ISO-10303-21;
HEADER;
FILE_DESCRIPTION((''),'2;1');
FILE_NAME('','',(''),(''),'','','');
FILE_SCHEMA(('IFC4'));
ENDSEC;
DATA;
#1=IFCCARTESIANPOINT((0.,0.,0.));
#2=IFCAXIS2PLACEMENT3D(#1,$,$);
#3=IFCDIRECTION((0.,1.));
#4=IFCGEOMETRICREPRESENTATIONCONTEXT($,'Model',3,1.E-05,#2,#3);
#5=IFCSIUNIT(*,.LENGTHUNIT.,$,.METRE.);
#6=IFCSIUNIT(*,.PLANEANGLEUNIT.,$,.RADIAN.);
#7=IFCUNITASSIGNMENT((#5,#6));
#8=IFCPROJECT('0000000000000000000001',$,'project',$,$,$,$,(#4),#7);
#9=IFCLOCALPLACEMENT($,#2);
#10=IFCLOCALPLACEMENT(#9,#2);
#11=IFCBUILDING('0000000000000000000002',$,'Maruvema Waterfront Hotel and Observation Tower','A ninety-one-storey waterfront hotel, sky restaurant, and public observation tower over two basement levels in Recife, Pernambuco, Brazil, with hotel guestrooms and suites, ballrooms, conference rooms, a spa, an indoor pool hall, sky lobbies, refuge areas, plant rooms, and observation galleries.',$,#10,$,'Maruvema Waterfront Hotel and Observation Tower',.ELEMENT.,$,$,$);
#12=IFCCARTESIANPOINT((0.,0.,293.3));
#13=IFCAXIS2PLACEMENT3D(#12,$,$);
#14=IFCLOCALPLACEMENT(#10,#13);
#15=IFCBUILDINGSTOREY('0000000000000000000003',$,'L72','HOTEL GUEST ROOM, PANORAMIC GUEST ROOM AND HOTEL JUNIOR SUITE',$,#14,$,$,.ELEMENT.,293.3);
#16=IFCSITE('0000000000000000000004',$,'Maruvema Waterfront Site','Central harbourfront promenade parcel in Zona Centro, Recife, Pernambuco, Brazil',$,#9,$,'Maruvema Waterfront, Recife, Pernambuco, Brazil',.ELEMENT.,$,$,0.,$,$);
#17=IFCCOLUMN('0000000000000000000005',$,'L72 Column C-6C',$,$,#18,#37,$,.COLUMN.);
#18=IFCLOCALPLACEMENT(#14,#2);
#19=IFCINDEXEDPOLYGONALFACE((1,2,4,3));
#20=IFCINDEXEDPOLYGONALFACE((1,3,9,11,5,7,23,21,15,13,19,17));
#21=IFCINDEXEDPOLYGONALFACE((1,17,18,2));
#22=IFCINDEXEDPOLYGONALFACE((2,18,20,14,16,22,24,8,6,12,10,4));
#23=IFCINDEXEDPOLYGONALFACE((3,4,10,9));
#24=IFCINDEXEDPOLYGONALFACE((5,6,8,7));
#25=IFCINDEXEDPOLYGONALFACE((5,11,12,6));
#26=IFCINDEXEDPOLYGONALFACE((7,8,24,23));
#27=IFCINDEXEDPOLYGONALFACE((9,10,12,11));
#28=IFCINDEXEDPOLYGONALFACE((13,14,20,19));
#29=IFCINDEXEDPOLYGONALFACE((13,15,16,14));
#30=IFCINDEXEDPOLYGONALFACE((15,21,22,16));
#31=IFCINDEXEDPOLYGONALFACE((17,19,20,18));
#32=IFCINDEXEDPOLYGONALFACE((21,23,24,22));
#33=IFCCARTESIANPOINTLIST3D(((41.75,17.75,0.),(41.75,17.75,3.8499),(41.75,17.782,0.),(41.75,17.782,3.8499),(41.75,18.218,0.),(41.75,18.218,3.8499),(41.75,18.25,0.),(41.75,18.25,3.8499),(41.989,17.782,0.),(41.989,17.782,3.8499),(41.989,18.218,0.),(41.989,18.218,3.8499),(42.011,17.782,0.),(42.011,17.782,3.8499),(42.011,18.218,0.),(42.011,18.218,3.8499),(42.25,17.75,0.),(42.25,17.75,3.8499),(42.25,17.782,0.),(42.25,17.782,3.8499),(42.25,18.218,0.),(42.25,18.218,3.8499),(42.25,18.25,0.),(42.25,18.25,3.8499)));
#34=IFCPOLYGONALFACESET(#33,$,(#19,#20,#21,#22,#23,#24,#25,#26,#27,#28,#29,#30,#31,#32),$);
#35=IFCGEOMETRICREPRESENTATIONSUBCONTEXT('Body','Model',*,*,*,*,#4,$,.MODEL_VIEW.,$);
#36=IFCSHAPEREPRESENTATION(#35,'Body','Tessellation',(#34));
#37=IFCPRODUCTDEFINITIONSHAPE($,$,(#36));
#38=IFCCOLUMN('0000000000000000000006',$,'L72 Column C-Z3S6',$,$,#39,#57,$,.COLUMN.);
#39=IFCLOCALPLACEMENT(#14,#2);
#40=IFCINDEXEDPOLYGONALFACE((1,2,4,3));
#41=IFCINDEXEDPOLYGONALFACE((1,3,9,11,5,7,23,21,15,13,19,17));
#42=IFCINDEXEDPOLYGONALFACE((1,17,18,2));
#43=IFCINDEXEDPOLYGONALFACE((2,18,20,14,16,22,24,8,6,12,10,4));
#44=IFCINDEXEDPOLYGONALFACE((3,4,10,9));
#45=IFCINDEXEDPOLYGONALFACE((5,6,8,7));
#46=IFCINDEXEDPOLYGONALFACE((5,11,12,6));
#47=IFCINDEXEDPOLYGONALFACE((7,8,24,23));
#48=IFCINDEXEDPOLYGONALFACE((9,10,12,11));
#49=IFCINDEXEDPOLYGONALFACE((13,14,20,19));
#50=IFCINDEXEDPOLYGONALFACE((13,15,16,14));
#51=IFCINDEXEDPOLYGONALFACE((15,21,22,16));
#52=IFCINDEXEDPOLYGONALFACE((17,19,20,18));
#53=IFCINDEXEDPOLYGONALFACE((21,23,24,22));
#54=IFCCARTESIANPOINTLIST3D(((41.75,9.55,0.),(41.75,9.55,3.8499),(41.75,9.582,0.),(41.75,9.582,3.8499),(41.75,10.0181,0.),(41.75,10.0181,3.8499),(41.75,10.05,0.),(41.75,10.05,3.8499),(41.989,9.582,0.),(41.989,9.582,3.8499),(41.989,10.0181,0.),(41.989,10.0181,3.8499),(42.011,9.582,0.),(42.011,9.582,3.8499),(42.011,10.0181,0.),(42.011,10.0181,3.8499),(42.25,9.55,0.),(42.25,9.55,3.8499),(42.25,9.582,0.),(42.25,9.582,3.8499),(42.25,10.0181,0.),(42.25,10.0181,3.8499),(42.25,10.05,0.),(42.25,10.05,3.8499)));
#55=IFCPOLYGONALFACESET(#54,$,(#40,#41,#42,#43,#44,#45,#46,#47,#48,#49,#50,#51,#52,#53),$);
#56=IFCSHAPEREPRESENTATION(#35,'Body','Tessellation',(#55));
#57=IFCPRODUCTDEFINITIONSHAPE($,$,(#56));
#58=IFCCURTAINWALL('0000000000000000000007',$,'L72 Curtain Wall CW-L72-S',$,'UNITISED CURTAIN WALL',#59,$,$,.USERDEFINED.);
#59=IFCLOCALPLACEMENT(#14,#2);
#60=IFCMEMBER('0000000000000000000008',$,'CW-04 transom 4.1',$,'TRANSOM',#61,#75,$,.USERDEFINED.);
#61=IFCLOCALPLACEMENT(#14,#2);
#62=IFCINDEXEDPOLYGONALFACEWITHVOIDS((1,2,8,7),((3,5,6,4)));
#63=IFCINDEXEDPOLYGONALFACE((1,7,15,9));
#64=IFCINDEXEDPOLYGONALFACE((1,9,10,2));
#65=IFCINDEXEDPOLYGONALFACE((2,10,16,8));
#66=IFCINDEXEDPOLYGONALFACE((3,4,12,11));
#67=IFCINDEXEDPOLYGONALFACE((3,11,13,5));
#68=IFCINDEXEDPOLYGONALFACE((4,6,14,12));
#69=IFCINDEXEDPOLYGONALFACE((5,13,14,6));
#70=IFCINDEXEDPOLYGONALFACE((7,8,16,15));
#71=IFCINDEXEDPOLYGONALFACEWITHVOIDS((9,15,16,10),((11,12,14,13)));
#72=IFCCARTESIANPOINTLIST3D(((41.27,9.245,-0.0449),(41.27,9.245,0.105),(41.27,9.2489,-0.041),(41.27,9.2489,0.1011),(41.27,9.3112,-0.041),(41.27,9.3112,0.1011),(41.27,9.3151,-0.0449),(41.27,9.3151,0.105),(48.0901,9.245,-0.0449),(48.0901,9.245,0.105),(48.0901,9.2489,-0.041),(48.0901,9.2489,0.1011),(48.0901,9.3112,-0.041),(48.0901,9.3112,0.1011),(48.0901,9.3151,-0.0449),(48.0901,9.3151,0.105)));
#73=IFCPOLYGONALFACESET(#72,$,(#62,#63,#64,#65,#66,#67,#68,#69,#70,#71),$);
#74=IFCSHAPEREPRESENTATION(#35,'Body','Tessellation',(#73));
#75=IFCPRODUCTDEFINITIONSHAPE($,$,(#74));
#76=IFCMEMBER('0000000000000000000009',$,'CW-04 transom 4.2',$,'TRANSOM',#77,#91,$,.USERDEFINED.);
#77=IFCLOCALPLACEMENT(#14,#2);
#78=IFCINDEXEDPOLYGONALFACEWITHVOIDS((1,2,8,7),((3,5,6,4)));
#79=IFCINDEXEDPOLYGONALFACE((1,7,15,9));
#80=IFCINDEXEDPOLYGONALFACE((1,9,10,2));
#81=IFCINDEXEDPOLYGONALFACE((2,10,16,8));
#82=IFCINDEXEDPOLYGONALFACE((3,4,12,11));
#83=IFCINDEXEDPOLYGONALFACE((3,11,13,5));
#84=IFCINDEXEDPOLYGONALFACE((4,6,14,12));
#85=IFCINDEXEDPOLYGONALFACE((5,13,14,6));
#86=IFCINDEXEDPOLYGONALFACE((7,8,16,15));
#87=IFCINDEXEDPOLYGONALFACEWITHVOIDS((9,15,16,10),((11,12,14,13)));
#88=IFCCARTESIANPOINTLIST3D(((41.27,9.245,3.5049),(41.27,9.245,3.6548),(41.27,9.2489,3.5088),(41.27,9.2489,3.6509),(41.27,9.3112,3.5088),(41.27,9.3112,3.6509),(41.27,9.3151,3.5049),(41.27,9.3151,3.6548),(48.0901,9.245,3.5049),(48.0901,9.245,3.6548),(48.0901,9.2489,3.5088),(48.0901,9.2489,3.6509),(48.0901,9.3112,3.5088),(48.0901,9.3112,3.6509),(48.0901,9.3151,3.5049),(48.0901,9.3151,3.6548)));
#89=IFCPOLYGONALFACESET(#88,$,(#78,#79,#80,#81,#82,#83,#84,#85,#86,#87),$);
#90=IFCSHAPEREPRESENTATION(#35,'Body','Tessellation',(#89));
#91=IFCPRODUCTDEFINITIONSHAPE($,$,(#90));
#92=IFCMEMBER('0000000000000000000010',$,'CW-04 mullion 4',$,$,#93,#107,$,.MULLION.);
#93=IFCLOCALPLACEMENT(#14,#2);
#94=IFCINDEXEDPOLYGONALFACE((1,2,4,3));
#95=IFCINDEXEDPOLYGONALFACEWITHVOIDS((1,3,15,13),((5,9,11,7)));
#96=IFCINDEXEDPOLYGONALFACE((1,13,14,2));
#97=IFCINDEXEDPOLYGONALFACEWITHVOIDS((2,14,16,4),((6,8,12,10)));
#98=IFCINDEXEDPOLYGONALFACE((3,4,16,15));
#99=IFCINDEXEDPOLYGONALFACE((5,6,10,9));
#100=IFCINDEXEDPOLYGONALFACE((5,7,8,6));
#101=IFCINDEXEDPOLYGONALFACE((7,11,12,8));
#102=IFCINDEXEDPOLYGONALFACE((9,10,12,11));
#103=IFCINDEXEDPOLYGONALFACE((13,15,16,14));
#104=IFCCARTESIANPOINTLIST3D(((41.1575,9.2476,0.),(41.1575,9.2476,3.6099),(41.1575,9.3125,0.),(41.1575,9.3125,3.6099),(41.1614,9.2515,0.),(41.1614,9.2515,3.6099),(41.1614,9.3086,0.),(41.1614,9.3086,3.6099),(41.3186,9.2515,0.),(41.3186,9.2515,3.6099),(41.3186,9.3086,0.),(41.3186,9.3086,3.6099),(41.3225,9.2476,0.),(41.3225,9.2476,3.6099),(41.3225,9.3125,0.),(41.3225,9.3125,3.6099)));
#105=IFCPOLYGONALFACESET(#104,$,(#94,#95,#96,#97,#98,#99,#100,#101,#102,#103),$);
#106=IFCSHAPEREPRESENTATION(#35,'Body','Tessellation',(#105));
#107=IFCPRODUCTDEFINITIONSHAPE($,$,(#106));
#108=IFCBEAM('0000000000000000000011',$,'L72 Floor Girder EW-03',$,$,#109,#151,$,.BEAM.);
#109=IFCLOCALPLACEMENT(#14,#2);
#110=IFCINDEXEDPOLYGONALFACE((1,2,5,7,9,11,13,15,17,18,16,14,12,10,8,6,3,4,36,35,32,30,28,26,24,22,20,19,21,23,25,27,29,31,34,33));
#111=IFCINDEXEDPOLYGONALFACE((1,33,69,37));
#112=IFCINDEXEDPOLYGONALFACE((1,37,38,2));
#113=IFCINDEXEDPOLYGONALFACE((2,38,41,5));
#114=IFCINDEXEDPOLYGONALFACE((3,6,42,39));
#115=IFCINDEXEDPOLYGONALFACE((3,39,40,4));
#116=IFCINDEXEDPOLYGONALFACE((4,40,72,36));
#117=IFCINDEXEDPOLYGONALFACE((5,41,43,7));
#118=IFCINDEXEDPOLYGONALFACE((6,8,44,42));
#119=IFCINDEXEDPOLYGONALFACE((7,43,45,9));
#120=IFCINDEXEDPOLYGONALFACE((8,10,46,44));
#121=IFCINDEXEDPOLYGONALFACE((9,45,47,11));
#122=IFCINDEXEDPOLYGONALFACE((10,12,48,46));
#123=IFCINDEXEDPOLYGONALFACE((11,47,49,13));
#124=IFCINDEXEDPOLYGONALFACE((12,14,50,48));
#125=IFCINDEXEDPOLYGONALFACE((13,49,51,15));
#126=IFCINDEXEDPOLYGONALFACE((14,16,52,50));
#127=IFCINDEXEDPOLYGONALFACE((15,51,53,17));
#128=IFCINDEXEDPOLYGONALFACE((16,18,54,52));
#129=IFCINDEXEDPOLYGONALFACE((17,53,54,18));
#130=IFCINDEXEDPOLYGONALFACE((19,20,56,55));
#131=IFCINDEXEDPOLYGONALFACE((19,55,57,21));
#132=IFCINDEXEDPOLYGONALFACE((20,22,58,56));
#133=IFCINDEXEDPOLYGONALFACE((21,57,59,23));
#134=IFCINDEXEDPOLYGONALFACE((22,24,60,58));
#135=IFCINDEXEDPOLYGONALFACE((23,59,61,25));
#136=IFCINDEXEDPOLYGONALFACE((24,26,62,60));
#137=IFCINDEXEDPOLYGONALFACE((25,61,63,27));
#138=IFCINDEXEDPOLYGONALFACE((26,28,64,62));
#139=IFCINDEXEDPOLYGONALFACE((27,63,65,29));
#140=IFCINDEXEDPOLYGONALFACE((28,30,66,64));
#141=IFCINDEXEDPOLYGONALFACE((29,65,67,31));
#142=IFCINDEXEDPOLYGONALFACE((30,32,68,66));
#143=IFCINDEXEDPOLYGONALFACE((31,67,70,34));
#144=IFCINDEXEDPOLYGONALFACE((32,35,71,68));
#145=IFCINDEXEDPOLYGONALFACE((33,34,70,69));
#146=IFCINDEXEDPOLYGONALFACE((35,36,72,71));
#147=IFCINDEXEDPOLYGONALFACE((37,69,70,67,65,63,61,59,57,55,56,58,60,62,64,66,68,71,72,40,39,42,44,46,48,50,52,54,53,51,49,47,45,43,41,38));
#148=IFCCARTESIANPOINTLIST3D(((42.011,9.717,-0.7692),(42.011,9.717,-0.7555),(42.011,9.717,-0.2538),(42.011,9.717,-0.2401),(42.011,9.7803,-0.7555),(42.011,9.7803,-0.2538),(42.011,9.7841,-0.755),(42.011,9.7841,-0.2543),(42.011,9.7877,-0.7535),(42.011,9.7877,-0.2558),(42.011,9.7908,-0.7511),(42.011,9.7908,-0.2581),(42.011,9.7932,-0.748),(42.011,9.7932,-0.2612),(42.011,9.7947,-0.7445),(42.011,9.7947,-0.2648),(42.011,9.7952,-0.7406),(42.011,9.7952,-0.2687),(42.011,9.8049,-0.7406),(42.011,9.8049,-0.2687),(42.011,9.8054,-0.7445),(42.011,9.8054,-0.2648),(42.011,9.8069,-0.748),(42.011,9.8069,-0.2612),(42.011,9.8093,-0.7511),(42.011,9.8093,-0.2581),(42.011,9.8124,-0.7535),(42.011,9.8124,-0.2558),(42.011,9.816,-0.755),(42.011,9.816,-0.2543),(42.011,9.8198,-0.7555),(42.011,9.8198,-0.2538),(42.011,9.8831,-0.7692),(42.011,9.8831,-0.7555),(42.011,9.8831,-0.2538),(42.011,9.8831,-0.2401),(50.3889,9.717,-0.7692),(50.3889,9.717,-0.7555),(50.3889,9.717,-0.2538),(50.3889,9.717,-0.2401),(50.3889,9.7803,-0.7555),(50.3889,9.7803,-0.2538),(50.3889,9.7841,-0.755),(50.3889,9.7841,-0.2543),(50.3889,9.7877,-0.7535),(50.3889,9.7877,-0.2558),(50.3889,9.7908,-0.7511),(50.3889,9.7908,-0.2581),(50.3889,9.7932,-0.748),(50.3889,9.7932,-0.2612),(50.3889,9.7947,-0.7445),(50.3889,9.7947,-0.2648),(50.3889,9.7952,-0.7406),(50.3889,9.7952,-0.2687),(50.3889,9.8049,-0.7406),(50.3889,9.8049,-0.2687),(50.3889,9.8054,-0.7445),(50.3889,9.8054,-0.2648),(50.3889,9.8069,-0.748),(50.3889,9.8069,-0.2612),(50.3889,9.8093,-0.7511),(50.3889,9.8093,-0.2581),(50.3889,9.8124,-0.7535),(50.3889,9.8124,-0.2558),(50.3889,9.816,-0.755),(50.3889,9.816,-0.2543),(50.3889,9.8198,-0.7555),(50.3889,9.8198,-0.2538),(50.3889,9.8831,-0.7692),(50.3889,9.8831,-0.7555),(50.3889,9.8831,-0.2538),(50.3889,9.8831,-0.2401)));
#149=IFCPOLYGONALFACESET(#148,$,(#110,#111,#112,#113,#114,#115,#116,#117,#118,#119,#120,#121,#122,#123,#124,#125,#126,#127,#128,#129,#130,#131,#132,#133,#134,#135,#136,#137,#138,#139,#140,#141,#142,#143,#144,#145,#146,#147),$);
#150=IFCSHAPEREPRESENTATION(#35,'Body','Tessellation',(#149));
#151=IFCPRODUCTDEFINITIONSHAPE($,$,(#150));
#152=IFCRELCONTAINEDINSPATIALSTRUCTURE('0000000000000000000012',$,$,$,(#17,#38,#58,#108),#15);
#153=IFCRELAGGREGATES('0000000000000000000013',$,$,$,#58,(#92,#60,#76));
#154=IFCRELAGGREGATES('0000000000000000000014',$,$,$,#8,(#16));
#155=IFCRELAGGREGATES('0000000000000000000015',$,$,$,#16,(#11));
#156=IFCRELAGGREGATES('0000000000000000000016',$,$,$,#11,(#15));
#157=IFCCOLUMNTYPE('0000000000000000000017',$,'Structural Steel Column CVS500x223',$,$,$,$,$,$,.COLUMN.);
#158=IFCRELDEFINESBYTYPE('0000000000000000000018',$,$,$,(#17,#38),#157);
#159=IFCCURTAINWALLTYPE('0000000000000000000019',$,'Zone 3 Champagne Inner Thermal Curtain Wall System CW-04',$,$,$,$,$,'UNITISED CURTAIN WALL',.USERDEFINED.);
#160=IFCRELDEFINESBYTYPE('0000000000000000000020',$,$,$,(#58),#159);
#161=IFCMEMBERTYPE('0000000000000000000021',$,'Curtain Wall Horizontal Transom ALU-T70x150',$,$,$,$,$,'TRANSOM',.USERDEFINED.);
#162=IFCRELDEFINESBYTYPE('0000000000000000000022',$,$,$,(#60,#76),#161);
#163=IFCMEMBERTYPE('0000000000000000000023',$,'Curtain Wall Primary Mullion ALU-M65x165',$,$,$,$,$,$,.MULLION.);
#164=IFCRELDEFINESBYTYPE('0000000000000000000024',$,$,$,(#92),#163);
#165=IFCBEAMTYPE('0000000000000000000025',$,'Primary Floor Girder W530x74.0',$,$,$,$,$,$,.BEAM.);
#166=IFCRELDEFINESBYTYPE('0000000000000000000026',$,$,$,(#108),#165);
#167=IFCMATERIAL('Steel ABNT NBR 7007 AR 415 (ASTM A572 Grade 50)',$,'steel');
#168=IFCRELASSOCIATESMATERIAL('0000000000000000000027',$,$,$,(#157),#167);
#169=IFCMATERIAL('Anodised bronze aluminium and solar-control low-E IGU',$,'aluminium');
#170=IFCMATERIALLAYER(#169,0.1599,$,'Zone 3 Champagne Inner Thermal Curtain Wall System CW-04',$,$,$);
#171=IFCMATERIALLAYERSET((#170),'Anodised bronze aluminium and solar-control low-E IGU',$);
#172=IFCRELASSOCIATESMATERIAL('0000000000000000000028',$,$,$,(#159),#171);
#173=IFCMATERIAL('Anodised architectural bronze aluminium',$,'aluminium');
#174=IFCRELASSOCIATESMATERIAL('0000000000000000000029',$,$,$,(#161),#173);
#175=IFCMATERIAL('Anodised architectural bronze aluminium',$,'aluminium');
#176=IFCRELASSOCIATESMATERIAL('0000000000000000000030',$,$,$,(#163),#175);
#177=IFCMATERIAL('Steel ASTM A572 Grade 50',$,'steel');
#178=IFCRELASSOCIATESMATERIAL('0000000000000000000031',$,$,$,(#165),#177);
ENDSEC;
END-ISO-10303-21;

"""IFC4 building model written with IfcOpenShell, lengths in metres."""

from ifc_helpers import new_model, si_unit, direction, frame, origin, origin_2d, place, context, subcontext, project, spatial, hollow_rectangle, i_section, extrude, material, layer, layer_set, material_profile, profile_set, type_object, element, aggregate, save


model = new_model("IFC4")

# Units and contexts
model_context = context("Model", 3, precision=1e-05, world=origin(), true_north=direction((0.0, 1.0)))
body_context = subcontext(model_context, "Body", "Model", "MODEL_VIEW")
ifc_project = project(units=[si_unit("LENGTHUNIT", "METRE"), si_unit("PLANEANGLEUNIT", "RADIAN")], contexts=[model_context])

# Site, building, storey
site_placement = place(None, origin())
site = spatial("IfcSite", under=ifc_project, at=site_placement, Name="Maruvema Waterfront Site", Description="Central harbourfront promenade parcel in Zona Centro, Recife, Pernambuco, Brazil", LongName="Maruvema Waterfront, Recife, Pernambuco, Brazil", CompositionType="ELEMENT", RefElevation=0.0)
building_placement = place(site_placement, origin())
building = spatial("IfcBuilding", under=site, at=building_placement, Name="Maruvema Waterfront Hotel and Observation Tower", Description="A ninety-one-storey waterfront hotel, sky restaurant, and public observation tower over two basement levels in Recife, Pernambuco, Brazil, with hotel guestrooms and suites, ballrooms, conference rooms, a spa, an indoor pool hall, sky lobbies, refuge areas, plant rooms, and observation galleries.", LongName="Maruvema Waterfront Hotel and Observation Tower", CompositionType="ELEMENT")
storey_placement = place(building_placement, frame((0.0, 0.0, 293.3)))
storey = spatial("IfcBuildingStorey", under=building, at=storey_placement, Name="L72", Description="HOTEL GUEST ROOM, PANORAMIC GUEST ROOM AND HOTEL JUNIOR SUITE", CompositionType="ELEMENT", Elevation=293.3)

# Columns
ifc_material_1 = material(Name="Steel ABNT NBR 7007 AR 415 (ASTM A572 Grade 50)", Category="steel")
ifc_material_profile_1 = material_profile(ifc_material_1, i_section(OverallWidth=0.5, OverallDepth=0.5, WebThickness=0.022, FlangeThickness=0.032, at=origin_2d()), Name="CVS500x223")
ifc_profile_set_1 = profile_set([ifc_material_profile_1], Name="Steel ABNT NBR 7007 AR 415 (ASTM A572 Grade 50)")
column_type = type_object("IfcColumnType", Name="Structural Steel Column CVS500x223", PredefinedType="COLUMN", material=ifc_profile_set_1)
for number, where, z_axis, x_axis, name in (
    (1, (42.0, 18.0, 0.0), (0.0, 0.0, 1.0), (1.0, 0.0, 0.0), "L72 Column C-6C"),
    (2, (42.0, 9.8, 0.0), (0.0, 0.0, 1.0), (1.0, 0.0, 0.0), "L72 Column C-Z3S6"),
):
    element("IfcColumn", number, at=place(storey_placement, frame(where, z_axis=z_axis, x_axis=x_axis)), inside=storey, type_object=column_type, Name=name, PredefinedType="COLUMN", context=body_context, shape_type="SweptSolid", body=[
        extrude(i_section(OverallWidth=0.5, OverallDepth=0.5, WebThickness=0.022, FlangeThickness=0.032, at=origin_2d()), origin(), (0.0, 0.0, 1.0), 3.8499),
    ])

# Curtain wall, members
ifc_material_2 = material(Name="Anodised bronze aluminium and solar-control low-E IGU", Category="aluminium")
ifc_layer_1 = layer(ifc_material_2, 0.1599, Name="Zone 3 Champagne Inner Thermal Curtain Wall System CW-04")
ifc_layer_set_1 = layer_set([ifc_layer_1], Name="Anodised bronze aluminium and solar-control low-E IGU")
curtain_wall_type = type_object("IfcCurtainWallType", Name="Zone 3 Champagne Inner Thermal Curtain Wall System CW-04", ElementType="UNITISED CURTAIN WALL", PredefinedType="USERDEFINED", material=ifc_layer_set_1)
curtain_wall_placement = place(storey_placement, origin())
curtain_wall = element("IfcCurtainWall", 3, at=curtain_wall_placement, inside=storey, type_object=curtain_wall_type, Name="L72 Curtain Wall CW-L72-S", ObjectType="UNITISED CURTAIN WALL", PredefinedType="USERDEFINED")
ifc_material_3 = material(Name="Anodised architectural bronze aluminium", Category="aluminium")
ifc_material_profile_2 = material_profile(ifc_material_3, hollow_rectangle(XDim=0.0701, YDim=0.1499, WallThickness=0.0039, at=origin_2d()), Name="ALU-T70x150")
ifc_profile_set_2 = profile_set([ifc_material_profile_2], Name="Anodised architectural bronze aluminium")
member_type_1 = type_object("IfcMemberType", Name="Curtain Wall Horizontal Transom ALU-T70x150", ElementType="TRANSOM", PredefinedType="USERDEFINED", material=ifc_profile_set_2)
member_1_placement = place(storey_placement, frame((41.27, 9.28, 0.03), z_axis=(1.0, 0.0, 0.0), x_axis=(0.0, 1.0, 0.0)))
member_1 = element("IfcMember", 4, at=member_1_placement, type_object=member_type_1, Name="CW-04 transom 4.1", ObjectType="TRANSOM", PredefinedType="USERDEFINED", context=body_context, shape_type="SweptSolid", body=[
    extrude(hollow_rectangle(XDim=0.0701, YDim=0.1499, WallThickness=0.0039, at=origin_2d()), origin(), (0.0, 0.0, 1.0), 6.8201),
])
member_2_placement = place(storey_placement, frame((41.27, 9.28, 3.5798), z_axis=(1.0, 0.0, 0.0), x_axis=(0.0, 1.0, 0.0)))
member_2 = element("IfcMember", 5, at=member_2_placement, type_object=member_type_1, Name="CW-04 transom 4.2", ObjectType="TRANSOM", PredefinedType="USERDEFINED", context=body_context, shape_type="SweptSolid", body=[
    extrude(hollow_rectangle(XDim=0.0701, YDim=0.1499, WallThickness=0.0039, at=origin_2d()), origin(), (0.0, 0.0, 1.0), 6.8201),
])
ifc_material_4 = material(Name="Anodised architectural bronze aluminium", Category="aluminium")
ifc_material_profile_3 = material_profile(ifc_material_4, hollow_rectangle(XDim=0.0649, YDim=0.165, WallThickness=0.0039, at=origin_2d()), Name="ALU-M65x165")
ifc_profile_set_3 = profile_set([ifc_material_profile_3], Name="Anodised architectural bronze aluminium")
member_type_2 = type_object("IfcMemberType", Name="Curtain Wall Primary Mullion ALU-M65x165", PredefinedType="MULLION", material=ifc_profile_set_3)
member_3_placement = place(storey_placement, frame((41.24, 9.28, 0.0), z_axis=(0.0, 0.0, 1.0), x_axis=(0.0, 1.0, 0.0)))
member_3 = element("IfcMember", 6, at=member_3_placement, type_object=member_type_2, Name="CW-04 mullion 4", PredefinedType="MULLION", context=body_context, shape_type="SweptSolid", body=[
    extrude(hollow_rectangle(XDim=0.0649, YDim=0.165, WallThickness=0.0039, at=origin_2d()), origin(), (0.0, 0.0, 1.0), 3.6099),
])

# Beam
ifc_material_5 = material(Name="Steel ASTM A572 Grade 50", Category="steel")
ifc_material_profile_4 = material_profile(ifc_material_5, i_section(OverallWidth=0.166, OverallDepth=0.5291, WebThickness=0.0098, FlangeThickness=0.0137, FilletRadius=0.0149, at=origin_2d()), Name="W530x74.0")
ifc_profile_set_4 = profile_set([ifc_material_profile_4], Name="Steel ASTM A572 Grade 50")
beam_type_1 = type_object("IfcBeamType", Name="Primary Floor Girder W530x74.0", PredefinedType="BEAM", material=ifc_profile_set_4)
beam_1_placement = place(storey_placement, frame((42.011, 9.8, -0.5046), z_axis=(1.0, 0.0, 0.0), x_axis=(0.0, 1.0, 0.0)))
element("IfcBeam", 7, at=beam_1_placement, inside=storey, type_object=beam_type_1, Name="L72 Floor Girder EW-03", PredefinedType="BEAM", context=body_context, shape_type="SweptSolid", body=[
    extrude(i_section(OverallWidth=0.166, OverallDepth=0.5291, WebThickness=0.0098, FlangeThickness=0.0137, FilletRadius=0.0149, at=origin_2d()), origin(), (0.0, 0.0, 1.0), 8.3779),
])

aggregate(curtain_wall, [member_3, member_1, member_2])

save(model, "model.ifc")
